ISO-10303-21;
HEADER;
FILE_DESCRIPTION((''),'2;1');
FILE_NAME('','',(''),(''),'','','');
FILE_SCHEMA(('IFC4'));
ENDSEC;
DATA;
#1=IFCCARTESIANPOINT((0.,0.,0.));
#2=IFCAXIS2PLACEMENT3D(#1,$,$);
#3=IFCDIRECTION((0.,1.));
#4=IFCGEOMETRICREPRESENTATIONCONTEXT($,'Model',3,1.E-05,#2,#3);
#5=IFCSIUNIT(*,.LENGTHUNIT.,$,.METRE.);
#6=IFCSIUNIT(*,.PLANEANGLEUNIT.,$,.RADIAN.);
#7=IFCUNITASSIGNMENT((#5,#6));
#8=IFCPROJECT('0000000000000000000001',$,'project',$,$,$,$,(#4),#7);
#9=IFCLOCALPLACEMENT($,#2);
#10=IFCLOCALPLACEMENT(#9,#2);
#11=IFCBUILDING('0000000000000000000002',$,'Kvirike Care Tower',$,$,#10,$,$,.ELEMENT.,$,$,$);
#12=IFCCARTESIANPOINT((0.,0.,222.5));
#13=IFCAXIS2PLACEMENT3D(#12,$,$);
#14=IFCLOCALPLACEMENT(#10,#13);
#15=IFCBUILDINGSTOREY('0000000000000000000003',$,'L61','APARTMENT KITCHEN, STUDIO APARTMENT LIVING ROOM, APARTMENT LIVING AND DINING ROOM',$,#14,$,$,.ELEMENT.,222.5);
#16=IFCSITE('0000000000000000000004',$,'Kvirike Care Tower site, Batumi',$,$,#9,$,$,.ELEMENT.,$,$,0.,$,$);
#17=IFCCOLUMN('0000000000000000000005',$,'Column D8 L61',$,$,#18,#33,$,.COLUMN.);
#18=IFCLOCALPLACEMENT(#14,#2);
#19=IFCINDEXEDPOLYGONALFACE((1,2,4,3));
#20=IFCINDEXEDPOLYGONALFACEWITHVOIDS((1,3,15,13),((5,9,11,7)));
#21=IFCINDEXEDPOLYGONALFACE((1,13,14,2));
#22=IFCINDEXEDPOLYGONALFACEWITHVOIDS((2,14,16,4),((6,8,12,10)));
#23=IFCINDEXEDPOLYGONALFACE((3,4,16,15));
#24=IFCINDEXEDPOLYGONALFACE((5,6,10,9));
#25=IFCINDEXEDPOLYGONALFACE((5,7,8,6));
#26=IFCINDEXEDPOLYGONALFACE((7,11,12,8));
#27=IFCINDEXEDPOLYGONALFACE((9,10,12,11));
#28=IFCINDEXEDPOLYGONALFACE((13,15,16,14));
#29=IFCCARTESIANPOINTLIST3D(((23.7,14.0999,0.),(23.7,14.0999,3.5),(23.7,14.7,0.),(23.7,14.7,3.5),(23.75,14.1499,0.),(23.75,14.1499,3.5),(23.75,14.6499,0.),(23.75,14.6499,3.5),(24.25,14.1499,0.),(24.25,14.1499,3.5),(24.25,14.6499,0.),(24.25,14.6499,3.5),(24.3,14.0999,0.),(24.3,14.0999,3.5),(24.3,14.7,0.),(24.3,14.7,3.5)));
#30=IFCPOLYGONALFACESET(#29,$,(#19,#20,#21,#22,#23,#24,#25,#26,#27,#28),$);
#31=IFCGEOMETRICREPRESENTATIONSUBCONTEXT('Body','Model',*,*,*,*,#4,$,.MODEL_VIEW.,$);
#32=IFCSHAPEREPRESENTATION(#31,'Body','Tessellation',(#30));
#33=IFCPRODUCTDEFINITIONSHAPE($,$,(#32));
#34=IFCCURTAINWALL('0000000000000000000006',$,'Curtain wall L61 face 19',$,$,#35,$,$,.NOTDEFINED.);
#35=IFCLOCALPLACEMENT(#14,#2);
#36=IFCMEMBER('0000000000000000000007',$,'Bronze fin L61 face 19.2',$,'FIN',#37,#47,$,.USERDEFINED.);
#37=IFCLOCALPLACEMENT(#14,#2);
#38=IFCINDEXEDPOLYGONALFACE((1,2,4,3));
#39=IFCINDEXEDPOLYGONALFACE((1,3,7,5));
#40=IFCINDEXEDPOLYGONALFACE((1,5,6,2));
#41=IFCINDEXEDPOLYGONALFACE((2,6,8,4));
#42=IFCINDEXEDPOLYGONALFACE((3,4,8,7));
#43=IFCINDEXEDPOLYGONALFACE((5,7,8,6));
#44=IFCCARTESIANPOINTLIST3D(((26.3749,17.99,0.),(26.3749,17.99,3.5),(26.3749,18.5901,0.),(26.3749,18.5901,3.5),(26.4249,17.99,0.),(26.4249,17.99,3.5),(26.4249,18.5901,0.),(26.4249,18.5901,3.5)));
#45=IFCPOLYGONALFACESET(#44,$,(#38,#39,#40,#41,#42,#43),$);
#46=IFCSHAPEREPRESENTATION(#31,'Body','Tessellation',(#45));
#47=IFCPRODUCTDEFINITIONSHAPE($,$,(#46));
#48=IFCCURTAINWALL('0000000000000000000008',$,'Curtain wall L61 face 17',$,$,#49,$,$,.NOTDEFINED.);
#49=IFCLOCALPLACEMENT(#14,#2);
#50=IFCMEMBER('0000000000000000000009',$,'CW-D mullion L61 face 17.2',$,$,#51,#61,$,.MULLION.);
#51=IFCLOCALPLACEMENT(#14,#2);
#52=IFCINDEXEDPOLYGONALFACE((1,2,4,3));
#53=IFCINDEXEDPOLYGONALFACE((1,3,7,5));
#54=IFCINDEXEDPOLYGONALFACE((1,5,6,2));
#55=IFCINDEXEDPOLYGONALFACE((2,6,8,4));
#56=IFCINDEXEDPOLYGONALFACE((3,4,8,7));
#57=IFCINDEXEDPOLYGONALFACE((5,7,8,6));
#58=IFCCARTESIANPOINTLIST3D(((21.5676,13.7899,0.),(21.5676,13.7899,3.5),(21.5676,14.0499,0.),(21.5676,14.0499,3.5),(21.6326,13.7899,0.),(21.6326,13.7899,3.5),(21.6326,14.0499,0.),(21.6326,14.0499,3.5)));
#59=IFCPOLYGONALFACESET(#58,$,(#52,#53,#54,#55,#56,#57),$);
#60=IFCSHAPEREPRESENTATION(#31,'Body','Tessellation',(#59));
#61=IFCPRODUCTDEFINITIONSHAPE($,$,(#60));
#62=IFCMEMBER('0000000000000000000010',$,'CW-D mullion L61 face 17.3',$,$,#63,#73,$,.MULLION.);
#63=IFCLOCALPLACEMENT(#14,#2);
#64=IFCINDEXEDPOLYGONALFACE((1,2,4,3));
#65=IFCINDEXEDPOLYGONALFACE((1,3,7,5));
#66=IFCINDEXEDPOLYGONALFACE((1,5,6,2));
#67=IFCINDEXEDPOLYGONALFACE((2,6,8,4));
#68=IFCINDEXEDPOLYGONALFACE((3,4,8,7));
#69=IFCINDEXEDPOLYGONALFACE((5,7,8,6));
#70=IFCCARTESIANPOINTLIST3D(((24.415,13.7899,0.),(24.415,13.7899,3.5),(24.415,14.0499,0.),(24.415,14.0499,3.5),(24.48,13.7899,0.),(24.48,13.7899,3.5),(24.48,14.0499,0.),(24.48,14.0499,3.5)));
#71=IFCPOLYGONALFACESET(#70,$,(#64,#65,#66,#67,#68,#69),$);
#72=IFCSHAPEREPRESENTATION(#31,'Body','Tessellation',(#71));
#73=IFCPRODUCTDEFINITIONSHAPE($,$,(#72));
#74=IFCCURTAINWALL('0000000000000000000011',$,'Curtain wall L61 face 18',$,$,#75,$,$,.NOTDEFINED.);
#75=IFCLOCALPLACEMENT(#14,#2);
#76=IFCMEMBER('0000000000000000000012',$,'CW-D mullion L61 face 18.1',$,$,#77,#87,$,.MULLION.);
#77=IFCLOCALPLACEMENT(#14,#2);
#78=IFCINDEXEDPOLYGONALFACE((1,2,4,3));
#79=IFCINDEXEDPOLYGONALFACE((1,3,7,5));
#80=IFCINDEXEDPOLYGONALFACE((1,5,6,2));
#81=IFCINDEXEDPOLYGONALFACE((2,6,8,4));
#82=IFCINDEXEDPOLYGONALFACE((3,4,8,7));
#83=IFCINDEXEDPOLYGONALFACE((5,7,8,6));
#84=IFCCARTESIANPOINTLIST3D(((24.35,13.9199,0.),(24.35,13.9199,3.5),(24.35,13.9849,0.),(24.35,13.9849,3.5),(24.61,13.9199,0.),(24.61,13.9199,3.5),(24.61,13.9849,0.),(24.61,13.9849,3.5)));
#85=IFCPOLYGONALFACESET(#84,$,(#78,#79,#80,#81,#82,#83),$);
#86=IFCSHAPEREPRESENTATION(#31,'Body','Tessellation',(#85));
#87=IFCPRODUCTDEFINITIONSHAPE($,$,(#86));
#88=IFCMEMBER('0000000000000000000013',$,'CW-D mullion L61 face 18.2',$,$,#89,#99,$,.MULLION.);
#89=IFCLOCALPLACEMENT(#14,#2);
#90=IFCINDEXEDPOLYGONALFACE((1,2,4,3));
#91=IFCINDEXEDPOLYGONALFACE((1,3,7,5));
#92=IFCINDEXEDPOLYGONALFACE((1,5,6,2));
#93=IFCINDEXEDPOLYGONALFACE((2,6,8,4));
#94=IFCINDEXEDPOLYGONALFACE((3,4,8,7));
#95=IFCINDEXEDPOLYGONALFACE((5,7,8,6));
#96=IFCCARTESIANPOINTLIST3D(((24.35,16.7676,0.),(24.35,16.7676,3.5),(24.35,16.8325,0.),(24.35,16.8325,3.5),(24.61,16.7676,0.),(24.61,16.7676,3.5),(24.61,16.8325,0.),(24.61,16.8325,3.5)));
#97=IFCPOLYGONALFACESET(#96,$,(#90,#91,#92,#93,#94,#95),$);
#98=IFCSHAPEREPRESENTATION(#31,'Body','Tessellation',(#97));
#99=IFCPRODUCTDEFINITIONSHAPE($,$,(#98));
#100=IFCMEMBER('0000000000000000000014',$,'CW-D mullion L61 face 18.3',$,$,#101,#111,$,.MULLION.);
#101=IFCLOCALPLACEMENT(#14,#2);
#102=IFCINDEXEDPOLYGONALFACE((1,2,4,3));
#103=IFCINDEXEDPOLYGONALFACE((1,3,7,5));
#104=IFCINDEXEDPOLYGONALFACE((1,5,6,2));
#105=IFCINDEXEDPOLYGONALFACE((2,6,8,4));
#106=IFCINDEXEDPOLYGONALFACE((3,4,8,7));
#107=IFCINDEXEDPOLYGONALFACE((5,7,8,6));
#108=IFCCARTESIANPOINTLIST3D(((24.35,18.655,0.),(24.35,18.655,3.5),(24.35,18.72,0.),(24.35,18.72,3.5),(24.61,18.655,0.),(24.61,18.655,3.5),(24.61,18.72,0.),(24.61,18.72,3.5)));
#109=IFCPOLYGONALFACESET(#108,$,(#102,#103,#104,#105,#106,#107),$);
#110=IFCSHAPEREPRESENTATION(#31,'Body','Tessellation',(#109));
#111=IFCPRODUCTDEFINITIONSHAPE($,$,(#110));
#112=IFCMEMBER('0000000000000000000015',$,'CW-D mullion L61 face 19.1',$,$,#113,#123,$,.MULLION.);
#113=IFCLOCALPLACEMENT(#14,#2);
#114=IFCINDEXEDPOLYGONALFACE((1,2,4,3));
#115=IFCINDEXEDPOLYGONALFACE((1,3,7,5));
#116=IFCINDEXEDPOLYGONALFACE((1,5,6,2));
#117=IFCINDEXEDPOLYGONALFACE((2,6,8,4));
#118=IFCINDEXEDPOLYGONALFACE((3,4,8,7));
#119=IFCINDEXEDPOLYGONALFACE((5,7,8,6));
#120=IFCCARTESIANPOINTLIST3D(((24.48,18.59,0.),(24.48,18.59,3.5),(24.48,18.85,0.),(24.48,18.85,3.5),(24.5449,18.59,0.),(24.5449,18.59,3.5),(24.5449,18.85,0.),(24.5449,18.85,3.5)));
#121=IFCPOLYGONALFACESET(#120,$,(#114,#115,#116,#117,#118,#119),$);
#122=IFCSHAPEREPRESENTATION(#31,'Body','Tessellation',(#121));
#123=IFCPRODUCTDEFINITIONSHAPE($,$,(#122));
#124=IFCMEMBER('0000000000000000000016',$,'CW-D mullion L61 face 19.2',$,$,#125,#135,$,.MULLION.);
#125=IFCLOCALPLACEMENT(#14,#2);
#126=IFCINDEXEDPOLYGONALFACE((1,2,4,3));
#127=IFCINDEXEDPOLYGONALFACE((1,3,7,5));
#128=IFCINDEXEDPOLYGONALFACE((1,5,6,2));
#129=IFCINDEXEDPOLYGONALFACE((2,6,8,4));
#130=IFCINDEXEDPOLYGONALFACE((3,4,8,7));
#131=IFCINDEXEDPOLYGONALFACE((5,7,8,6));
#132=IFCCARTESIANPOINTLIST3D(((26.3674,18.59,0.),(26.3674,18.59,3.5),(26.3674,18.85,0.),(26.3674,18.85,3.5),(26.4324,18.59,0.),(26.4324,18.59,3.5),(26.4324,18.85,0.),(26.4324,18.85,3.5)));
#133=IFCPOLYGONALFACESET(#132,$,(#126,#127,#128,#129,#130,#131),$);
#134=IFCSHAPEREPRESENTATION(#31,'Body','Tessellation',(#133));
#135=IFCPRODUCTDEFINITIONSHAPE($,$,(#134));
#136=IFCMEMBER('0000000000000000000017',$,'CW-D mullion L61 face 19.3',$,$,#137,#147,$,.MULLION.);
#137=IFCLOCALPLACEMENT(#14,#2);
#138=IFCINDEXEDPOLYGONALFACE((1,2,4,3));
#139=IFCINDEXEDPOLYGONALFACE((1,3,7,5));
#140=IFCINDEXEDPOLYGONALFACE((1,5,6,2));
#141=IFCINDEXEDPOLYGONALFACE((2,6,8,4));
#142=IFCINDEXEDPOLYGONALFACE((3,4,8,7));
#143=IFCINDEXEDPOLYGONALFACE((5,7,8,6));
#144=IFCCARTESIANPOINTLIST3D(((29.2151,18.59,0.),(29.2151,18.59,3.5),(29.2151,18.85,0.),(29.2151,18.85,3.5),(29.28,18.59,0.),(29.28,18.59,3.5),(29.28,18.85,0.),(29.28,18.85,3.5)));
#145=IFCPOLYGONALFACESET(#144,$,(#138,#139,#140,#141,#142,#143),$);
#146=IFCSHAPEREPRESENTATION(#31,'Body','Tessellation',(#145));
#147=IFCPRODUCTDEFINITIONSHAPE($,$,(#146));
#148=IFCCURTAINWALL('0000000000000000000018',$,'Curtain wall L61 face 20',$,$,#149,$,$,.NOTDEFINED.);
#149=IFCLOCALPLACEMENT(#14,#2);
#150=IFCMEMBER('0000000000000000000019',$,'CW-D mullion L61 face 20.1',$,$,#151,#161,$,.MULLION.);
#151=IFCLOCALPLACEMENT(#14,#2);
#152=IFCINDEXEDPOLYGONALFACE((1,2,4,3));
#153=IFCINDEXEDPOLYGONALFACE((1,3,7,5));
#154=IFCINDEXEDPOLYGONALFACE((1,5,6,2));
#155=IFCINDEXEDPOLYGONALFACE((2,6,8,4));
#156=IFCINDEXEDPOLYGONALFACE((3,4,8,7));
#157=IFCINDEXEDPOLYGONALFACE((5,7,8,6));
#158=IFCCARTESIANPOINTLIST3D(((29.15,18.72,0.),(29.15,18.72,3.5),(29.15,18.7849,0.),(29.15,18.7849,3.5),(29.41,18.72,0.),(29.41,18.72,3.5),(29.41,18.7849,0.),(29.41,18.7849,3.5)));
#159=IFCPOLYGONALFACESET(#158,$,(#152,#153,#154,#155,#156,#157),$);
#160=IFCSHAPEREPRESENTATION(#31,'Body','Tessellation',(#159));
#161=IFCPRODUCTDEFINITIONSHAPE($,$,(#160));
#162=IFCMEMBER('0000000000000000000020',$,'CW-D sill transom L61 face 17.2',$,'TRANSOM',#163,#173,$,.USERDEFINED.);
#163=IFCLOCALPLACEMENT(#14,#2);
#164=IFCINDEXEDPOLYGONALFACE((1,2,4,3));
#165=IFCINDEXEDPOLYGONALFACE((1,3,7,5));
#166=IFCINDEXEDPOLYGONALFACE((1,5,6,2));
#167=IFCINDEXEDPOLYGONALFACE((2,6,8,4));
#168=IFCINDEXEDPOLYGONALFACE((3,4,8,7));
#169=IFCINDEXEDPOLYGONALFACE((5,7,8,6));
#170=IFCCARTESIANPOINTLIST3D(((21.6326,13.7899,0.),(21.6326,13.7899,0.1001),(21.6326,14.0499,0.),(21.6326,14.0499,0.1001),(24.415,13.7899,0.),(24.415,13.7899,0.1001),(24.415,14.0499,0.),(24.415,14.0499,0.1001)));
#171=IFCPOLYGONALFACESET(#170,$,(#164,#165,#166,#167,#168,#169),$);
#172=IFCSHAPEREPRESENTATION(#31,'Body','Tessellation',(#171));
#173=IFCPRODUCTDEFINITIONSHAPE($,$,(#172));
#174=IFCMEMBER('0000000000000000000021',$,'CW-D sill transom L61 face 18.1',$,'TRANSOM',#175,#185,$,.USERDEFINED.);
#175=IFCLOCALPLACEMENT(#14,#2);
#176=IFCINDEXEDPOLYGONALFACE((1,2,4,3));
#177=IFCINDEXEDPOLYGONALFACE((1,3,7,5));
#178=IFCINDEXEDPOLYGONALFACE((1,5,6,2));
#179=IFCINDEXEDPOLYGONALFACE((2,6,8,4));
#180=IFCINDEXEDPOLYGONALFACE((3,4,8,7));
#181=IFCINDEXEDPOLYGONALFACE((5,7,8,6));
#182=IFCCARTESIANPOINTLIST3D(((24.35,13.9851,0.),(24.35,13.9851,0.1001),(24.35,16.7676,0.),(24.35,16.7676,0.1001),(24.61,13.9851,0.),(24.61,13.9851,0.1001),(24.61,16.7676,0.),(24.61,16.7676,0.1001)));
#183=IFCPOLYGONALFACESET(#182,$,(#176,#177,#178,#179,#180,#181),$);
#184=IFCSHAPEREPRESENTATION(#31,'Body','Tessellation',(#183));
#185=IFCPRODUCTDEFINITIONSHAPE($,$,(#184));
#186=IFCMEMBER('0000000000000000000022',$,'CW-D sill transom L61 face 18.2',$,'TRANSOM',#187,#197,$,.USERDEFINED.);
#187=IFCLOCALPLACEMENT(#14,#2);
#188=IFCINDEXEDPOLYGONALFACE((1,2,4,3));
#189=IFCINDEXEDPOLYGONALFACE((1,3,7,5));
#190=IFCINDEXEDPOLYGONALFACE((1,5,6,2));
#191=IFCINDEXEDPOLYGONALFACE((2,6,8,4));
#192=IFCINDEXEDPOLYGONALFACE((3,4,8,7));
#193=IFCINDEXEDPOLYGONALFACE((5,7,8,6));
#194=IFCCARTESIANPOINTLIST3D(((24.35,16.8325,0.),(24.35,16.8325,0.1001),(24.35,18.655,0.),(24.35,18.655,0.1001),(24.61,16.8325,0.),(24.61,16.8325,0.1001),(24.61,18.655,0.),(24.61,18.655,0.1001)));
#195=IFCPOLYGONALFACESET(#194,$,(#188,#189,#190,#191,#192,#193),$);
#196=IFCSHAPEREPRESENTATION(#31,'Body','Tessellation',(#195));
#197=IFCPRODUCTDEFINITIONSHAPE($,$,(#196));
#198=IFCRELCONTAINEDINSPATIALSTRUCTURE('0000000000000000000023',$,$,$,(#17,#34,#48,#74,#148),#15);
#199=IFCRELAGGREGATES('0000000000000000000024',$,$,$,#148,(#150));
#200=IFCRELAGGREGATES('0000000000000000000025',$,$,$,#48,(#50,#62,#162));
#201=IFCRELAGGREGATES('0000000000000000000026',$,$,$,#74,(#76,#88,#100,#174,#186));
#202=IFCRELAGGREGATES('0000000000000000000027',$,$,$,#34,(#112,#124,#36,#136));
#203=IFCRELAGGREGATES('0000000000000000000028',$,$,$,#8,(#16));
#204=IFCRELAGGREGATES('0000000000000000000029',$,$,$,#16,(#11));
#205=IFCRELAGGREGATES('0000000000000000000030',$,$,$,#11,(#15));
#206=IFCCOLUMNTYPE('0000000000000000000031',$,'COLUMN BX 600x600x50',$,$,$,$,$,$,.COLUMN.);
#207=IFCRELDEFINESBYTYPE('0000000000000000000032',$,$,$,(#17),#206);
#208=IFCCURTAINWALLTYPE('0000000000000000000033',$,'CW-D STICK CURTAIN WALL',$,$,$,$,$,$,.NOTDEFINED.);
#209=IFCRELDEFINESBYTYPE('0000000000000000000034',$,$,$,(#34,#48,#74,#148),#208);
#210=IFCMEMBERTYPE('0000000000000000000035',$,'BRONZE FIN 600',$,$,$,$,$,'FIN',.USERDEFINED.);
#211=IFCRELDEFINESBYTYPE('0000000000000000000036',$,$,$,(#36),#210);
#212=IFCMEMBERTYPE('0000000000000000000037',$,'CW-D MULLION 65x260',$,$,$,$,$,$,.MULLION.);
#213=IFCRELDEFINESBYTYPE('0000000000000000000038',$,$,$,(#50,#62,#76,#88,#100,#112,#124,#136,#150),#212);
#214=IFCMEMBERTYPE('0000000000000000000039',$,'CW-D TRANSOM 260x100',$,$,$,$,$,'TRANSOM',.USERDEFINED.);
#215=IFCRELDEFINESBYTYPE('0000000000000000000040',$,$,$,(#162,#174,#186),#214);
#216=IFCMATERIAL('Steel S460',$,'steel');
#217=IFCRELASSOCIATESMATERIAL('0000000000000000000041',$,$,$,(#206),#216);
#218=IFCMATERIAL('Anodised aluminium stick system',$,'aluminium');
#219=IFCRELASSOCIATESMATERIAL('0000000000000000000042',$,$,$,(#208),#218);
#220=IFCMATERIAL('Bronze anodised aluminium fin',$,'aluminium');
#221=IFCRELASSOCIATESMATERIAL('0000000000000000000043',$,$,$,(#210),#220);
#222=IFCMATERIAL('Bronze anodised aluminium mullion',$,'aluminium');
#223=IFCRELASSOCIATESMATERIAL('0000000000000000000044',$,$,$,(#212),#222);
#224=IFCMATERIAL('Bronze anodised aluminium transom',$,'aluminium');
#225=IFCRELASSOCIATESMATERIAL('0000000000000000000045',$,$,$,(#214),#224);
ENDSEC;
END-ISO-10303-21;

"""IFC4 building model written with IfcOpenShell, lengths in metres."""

from ifc_helpers import new_model, si_unit, direction, frame, origin, origin_2d, place, context, subcontext, project, spatial, rectangle, hollow_rectangle, extrude, material, material_profile, profile_set, type_object, element, aggregate, save


model = new_model("IFC4")

# Units and contexts
model_context = context("Model", 3, precision=1e-05, world=origin(), true_north=direction((0.0, 1.0)))
body_context = subcontext(model_context, "Body", "Model", "MODEL_VIEW")
ifc_project = project(units=[si_unit("LENGTHUNIT", "METRE"), si_unit("PLANEANGLEUNIT", "RADIAN")], contexts=[model_context])

# Site, building, storey
site_placement = place(None, origin())
site = spatial("IfcSite", under=ifc_project, at=site_placement, Name="Kvirike Care Tower site, Batumi", CompositionType="ELEMENT", RefElevation=0.0)
building_placement = place(site_placement, origin())
building = spatial("IfcBuilding", under=site, at=building_placement, Name="Kvirike Care Tower", CompositionType="ELEMENT")
storey_placement = place(building_placement, frame((0.0, 0.0, 222.5)))
storey = spatial("IfcBuildingStorey", under=building, at=storey_placement, Name="L61", Description="APARTMENT KITCHEN, STUDIO APARTMENT LIVING ROOM, APARTMENT LIVING AND DINING ROOM", CompositionType="ELEMENT", Elevation=222.5)

# Column
ifc_material_1 = material(Name="Steel S460", Category="steel")
ifc_material_profile_1 = material_profile(ifc_material_1, hollow_rectangle(XDim=0.6001, YDim=0.6001, WallThickness=0.05, at=origin_2d()), Name="BX 600x600x50")
ifc_profile_set_1 = profile_set([ifc_material_profile_1], Name="Steel S460")
column_type = type_object("IfcColumnType", Name="COLUMN BX 600x600x50", PredefinedType="COLUMN", material=ifc_profile_set_1)
column_placement = place(storey_placement, frame((24.0, 14.3999, 0.0), z_axis=(0.0, 0.0, 1.0), x_axis=(0.0, 1.0, 0.0)))
element("IfcColumn", 1, at=column_placement, inside=storey, type_object=column_type, Name="Column D8 L61", PredefinedType="COLUMN", context=body_context, shape_type="SweptSolid", body=[
    extrude(hollow_rectangle(XDim=0.6001, YDim=0.6001, WallThickness=0.05, at=origin_2d()), origin(), (0.0, 0.0, 1.0), 3.5),
])

# Curtain wall, member
ifc_material_2 = material(Name="Anodised aluminium stick system", Category="aluminium")
curtain_wall_type = type_object("IfcCurtainWallType", Name="CW-D STICK CURTAIN WALL", PredefinedType="NOTDEFINED", material=ifc_material_2)
curtain_wall_1_placement = place(storey_placement, origin())
curtain_wall_1 = element("IfcCurtainWall", 2, at=curtain_wall_1_placement, inside=storey, type_object=curtain_wall_type, Name="Curtain wall L61 face 19", PredefinedType="NOTDEFINED")
ifc_material_3 = material(Name="Bronze anodised aluminium fin", Category="aluminium")
ifc_material_profile_2 = material_profile(ifc_material_3, rectangle(XDim=0.05, YDim=0.6001, at=origin_2d()), Name="BRONZE FIN 600")
ifc_profile_set_2 = profile_set([ifc_material_profile_2], Name="Bronze anodised aluminium fin")
member_type_1 = type_object("IfcMemberType", Name="BRONZE FIN 600", ElementType="FIN", PredefinedType="USERDEFINED", material=ifc_profile_set_2)
member_1_placement = place(storey_placement, frame((26.3999, 18.29, 0.0), z_axis=(0.0, 0.0, 1.0), x_axis=(1.0, 0.0, 0.0)))
member_1 = element("IfcMember", 3, at=member_1_placement, type_object=member_type_1, Name="Bronze fin L61 face 19.2", ObjectType="FIN", PredefinedType="USERDEFINED", context=body_context, shape_type="SweptSolid", body=[
    extrude(rectangle(XDim=0.05, YDim=0.6001, at=origin_2d()), origin(), (0.0, 0.0, 1.0), 3.5),
])

# Curtain walls, members
curtain_wall_2_placement = place(storey_placement, origin())
curtain_wall_2 = element("IfcCurtainWall", 4, at=curtain_wall_2_placement, inside=storey, type_object=curtain_wall_type, Name="Curtain wall L61 face 17", PredefinedType="NOTDEFINED")
ifc_material_4 = material(Name="Bronze anodised aluminium mullion", Category="aluminium")
ifc_material_profile_3 = material_profile(ifc_material_4, rectangle(XDim=0.0649, YDim=0.26, at=origin_2d()), Name="CW-D MULLION 65x260")
ifc_profile_set_3 = profile_set([ifc_material_profile_3], Name="Bronze anodised aluminium mullion")
member_type_2 = type_object("IfcMemberType", Name="CW-D MULLION 65x260", PredefinedType="MULLION", material=ifc_profile_set_3)
member_2_placement = place(storey_placement, frame((21.6001, 13.9199, 0.0), z_axis=(0.0, 0.0, 1.0), x_axis=(1.0, 0.0, 0.0)))
member_2 = element("IfcMember", 5, at=member_2_placement, type_object=member_type_2, Name="CW-D mullion L61 face 17.2", PredefinedType="MULLION", context=body_context, shape_type="SweptSolid", body=[
    extrude(rectangle(XDim=0.0649, YDim=0.26, at=origin_2d()), origin(), (0.0, 0.0, 1.0), 3.5),
])
member_3_placement = place(storey_placement, frame((24.4475, 13.9199, 0.0), z_axis=(0.0, 0.0, 1.0), x_axis=(1.0, 0.0, 0.0)))
member_3 = element("IfcMember", 6, at=member_3_placement, type_object=member_type_2, Name="CW-D mullion L61 face 17.3", PredefinedType="MULLION", context=body_context, shape_type="SweptSolid", body=[
    extrude(rectangle(XDim=0.0649, YDim=0.26, at=origin_2d()), origin(), (0.0, 0.0, 1.0), 3.5),
])
curtain_wall_3_placement = place(storey_placement, origin())
curtain_wall_3 = element("IfcCurtainWall", 7, at=curtain_wall_3_placement, inside=storey, type_object=curtain_wall_type, Name="Curtain wall L61 face 18", PredefinedType="NOTDEFINED")
member_4_placement = place(storey_placement, frame((24.48, 13.9524, 0.0), z_axis=(0.0, 0.0, 1.0), x_axis=(0.0, 1.0, 0.0)))
member_4 = element("IfcMember", 8, at=member_4_placement, type_object=member_type_2, Name="CW-D mullion L61 face 18.1", PredefinedType="MULLION", context=body_context, shape_type="SweptSolid", body=[
    extrude(rectangle(XDim=0.0649, YDim=0.26, at=origin_2d()), origin(), (0.0, 0.0, 1.0), 3.5),
])
member_5_placement = place(storey_placement, frame((24.48, 16.8, 0.0), z_axis=(0.0, 0.0, 1.0), x_axis=(0.0, 1.0, 0.0)))
member_5 = element("IfcMember", 9, at=member_5_placement, type_object=member_type_2, Name="CW-D mullion L61 face 18.2", PredefinedType="MULLION", context=body_context, shape_type="SweptSolid", body=[
    extrude(rectangle(XDim=0.0649, YDim=0.26, at=origin_2d()), origin(), (0.0, 0.0, 1.0), 3.5),
])
member_6_placement = place(storey_placement, frame((24.48, 18.6875, 0.0), z_axis=(0.0, 0.0, 1.0), x_axis=(0.0, 1.0, 0.0)))
member_6 = element("IfcMember", 10, at=member_6_placement, type_object=member_type_2, Name="CW-D mullion L61 face 18.3", PredefinedType="MULLION", context=body_context, shape_type="SweptSolid", body=[
    extrude(rectangle(XDim=0.0649, YDim=0.26, at=origin_2d()), origin(), (0.0, 0.0, 1.0), 3.5),
])

# Members
member_7_placement = place(storey_placement, frame((24.5125, 18.72, 0.0), z_axis=(0.0, 0.0, 1.0), x_axis=(1.0, 0.0, 0.0)))
member_7 = element("IfcMember", 11, at=member_7_placement, type_object=member_type_2, Name="CW-D mullion L61 face 19.1", PredefinedType="MULLION", context=body_context, shape_type="SweptSolid", body=[
    extrude(rectangle(XDim=0.0649, YDim=0.26, at=origin_2d()), origin(), (0.0, 0.0, 1.0), 3.5),
])
member_8_placement = place(storey_placement, frame((26.3999, 18.72, 0.0), z_axis=(0.0, 0.0, 1.0), x_axis=(1.0, 0.0, 0.0)))
member_8 = element("IfcMember", 12, at=member_8_placement, type_object=member_type_2, Name="CW-D mullion L61 face 19.2", PredefinedType="MULLION", context=body_context, shape_type="SweptSolid", body=[
    extrude(rectangle(XDim=0.0649, YDim=0.26, at=origin_2d()), origin(), (0.0, 0.0, 1.0), 3.5),
])
member_9_placement = place(storey_placement, frame((29.2476, 18.72, 0.0), z_axis=(0.0, 0.0, 1.0), x_axis=(1.0, 0.0, 0.0)))
member_9 = element("IfcMember", 13, at=member_9_placement, type_object=member_type_2, Name="CW-D mullion L61 face 19.3", PredefinedType="MULLION", context=body_context, shape_type="SweptSolid", body=[
    extrude(rectangle(XDim=0.0649, YDim=0.26, at=origin_2d()), origin(), (0.0, 0.0, 1.0), 3.5),
])

# Curtain wall, member
curtain_wall_4_placement = place(storey_placement, origin())
curtain_wall_4 = element("IfcCurtainWall", 14, at=curtain_wall_4_placement, inside=storey, type_object=curtain_wall_type, Name="Curtain wall L61 face 20", PredefinedType="NOTDEFINED")
member_10_placement = place(storey_placement, frame((29.28, 18.7524, 0.0), z_axis=(0.0, 0.0, 1.0), x_axis=(0.0, 1.0, 0.0)))
member_10 = element("IfcMember", 15, at=member_10_placement, type_object=member_type_2, Name="CW-D mullion L61 face 20.1", PredefinedType="MULLION", context=body_context, shape_type="SweptSolid", body=[
    extrude(rectangle(XDim=0.0649, YDim=0.26, at=origin_2d()), origin(), (0.0, 0.0, 1.0), 3.5),
])
aggregate(curtain_wall_4, [member_10])

# Members
ifc_material_5 = material(Name="Bronze anodised aluminium transom", Category="aluminium")
ifc_material_profile_4 = material_profile(ifc_material_5, rectangle(XDim=0.26, YDim=0.1001, at=origin_2d()), Name="CW-D TRANSOM 260x100")
ifc_profile_set_4 = profile_set([ifc_material_profile_4], Name="Bronze anodised aluminium transom")
member_type_3 = type_object("IfcMemberType", Name="CW-D TRANSOM 260x100", ElementType="TRANSOM", PredefinedType="USERDEFINED", material=ifc_profile_set_4)
member_11_placement = place(storey_placement, frame((21.6326, 13.9199, 0.05), z_axis=(1.0, 0.0, 0.0), x_axis=(0.0, 1.0, 0.0)))
member_11 = element("IfcMember", 16, at=member_11_placement, type_object=member_type_3, Name="CW-D sill transom L61 face 17.2", ObjectType="TRANSOM", PredefinedType="USERDEFINED", context=body_context, shape_type="SweptSolid", body=[
    extrude(rectangle(XDim=0.26, YDim=0.1001, at=origin_2d()), origin(), (0.0, 0.0, 1.0), 2.7825),
])
member_12_placement = place(storey_placement, frame((24.48, 13.9851, 0.05), z_axis=(0.0, 1.0, 0.0), x_axis=(-1.0, 0.0, 0.0)))
member_12 = element("IfcMember", 17, at=member_12_placement, type_object=member_type_3, Name="CW-D sill transom L61 face 18.1", ObjectType="TRANSOM", PredefinedType="USERDEFINED", context=body_context, shape_type="SweptSolid", body=[
    extrude(rectangle(XDim=0.26, YDim=0.1001, at=origin_2d()), origin(), (0.0, 0.0, 1.0), 2.7825),
])
member_13_placement = place(storey_placement, frame((24.48, 16.8325, 0.05), z_axis=(0.0, 1.0, 0.0), x_axis=(-1.0, 0.0, 0.0)))
member_13 = element("IfcMember", 18, at=member_13_placement, type_object=member_type_3, Name="CW-D sill transom L61 face 18.2", ObjectType="TRANSOM", PredefinedType="USERDEFINED", context=body_context, shape_type="SweptSolid", body=[
    extrude(rectangle(XDim=0.26, YDim=0.1001, at=origin_2d()), origin(), (0.0, 0.0, 1.0), 1.8225),
])

aggregate(curtain_wall_2, [member_2, member_3, member_11])
aggregate(curtain_wall_3, [member_4, member_5, member_6, member_12, member_13])
aggregate(curtain_wall_1, [member_7, member_8, member_1, member_9])

save(model, "model.ifc")
